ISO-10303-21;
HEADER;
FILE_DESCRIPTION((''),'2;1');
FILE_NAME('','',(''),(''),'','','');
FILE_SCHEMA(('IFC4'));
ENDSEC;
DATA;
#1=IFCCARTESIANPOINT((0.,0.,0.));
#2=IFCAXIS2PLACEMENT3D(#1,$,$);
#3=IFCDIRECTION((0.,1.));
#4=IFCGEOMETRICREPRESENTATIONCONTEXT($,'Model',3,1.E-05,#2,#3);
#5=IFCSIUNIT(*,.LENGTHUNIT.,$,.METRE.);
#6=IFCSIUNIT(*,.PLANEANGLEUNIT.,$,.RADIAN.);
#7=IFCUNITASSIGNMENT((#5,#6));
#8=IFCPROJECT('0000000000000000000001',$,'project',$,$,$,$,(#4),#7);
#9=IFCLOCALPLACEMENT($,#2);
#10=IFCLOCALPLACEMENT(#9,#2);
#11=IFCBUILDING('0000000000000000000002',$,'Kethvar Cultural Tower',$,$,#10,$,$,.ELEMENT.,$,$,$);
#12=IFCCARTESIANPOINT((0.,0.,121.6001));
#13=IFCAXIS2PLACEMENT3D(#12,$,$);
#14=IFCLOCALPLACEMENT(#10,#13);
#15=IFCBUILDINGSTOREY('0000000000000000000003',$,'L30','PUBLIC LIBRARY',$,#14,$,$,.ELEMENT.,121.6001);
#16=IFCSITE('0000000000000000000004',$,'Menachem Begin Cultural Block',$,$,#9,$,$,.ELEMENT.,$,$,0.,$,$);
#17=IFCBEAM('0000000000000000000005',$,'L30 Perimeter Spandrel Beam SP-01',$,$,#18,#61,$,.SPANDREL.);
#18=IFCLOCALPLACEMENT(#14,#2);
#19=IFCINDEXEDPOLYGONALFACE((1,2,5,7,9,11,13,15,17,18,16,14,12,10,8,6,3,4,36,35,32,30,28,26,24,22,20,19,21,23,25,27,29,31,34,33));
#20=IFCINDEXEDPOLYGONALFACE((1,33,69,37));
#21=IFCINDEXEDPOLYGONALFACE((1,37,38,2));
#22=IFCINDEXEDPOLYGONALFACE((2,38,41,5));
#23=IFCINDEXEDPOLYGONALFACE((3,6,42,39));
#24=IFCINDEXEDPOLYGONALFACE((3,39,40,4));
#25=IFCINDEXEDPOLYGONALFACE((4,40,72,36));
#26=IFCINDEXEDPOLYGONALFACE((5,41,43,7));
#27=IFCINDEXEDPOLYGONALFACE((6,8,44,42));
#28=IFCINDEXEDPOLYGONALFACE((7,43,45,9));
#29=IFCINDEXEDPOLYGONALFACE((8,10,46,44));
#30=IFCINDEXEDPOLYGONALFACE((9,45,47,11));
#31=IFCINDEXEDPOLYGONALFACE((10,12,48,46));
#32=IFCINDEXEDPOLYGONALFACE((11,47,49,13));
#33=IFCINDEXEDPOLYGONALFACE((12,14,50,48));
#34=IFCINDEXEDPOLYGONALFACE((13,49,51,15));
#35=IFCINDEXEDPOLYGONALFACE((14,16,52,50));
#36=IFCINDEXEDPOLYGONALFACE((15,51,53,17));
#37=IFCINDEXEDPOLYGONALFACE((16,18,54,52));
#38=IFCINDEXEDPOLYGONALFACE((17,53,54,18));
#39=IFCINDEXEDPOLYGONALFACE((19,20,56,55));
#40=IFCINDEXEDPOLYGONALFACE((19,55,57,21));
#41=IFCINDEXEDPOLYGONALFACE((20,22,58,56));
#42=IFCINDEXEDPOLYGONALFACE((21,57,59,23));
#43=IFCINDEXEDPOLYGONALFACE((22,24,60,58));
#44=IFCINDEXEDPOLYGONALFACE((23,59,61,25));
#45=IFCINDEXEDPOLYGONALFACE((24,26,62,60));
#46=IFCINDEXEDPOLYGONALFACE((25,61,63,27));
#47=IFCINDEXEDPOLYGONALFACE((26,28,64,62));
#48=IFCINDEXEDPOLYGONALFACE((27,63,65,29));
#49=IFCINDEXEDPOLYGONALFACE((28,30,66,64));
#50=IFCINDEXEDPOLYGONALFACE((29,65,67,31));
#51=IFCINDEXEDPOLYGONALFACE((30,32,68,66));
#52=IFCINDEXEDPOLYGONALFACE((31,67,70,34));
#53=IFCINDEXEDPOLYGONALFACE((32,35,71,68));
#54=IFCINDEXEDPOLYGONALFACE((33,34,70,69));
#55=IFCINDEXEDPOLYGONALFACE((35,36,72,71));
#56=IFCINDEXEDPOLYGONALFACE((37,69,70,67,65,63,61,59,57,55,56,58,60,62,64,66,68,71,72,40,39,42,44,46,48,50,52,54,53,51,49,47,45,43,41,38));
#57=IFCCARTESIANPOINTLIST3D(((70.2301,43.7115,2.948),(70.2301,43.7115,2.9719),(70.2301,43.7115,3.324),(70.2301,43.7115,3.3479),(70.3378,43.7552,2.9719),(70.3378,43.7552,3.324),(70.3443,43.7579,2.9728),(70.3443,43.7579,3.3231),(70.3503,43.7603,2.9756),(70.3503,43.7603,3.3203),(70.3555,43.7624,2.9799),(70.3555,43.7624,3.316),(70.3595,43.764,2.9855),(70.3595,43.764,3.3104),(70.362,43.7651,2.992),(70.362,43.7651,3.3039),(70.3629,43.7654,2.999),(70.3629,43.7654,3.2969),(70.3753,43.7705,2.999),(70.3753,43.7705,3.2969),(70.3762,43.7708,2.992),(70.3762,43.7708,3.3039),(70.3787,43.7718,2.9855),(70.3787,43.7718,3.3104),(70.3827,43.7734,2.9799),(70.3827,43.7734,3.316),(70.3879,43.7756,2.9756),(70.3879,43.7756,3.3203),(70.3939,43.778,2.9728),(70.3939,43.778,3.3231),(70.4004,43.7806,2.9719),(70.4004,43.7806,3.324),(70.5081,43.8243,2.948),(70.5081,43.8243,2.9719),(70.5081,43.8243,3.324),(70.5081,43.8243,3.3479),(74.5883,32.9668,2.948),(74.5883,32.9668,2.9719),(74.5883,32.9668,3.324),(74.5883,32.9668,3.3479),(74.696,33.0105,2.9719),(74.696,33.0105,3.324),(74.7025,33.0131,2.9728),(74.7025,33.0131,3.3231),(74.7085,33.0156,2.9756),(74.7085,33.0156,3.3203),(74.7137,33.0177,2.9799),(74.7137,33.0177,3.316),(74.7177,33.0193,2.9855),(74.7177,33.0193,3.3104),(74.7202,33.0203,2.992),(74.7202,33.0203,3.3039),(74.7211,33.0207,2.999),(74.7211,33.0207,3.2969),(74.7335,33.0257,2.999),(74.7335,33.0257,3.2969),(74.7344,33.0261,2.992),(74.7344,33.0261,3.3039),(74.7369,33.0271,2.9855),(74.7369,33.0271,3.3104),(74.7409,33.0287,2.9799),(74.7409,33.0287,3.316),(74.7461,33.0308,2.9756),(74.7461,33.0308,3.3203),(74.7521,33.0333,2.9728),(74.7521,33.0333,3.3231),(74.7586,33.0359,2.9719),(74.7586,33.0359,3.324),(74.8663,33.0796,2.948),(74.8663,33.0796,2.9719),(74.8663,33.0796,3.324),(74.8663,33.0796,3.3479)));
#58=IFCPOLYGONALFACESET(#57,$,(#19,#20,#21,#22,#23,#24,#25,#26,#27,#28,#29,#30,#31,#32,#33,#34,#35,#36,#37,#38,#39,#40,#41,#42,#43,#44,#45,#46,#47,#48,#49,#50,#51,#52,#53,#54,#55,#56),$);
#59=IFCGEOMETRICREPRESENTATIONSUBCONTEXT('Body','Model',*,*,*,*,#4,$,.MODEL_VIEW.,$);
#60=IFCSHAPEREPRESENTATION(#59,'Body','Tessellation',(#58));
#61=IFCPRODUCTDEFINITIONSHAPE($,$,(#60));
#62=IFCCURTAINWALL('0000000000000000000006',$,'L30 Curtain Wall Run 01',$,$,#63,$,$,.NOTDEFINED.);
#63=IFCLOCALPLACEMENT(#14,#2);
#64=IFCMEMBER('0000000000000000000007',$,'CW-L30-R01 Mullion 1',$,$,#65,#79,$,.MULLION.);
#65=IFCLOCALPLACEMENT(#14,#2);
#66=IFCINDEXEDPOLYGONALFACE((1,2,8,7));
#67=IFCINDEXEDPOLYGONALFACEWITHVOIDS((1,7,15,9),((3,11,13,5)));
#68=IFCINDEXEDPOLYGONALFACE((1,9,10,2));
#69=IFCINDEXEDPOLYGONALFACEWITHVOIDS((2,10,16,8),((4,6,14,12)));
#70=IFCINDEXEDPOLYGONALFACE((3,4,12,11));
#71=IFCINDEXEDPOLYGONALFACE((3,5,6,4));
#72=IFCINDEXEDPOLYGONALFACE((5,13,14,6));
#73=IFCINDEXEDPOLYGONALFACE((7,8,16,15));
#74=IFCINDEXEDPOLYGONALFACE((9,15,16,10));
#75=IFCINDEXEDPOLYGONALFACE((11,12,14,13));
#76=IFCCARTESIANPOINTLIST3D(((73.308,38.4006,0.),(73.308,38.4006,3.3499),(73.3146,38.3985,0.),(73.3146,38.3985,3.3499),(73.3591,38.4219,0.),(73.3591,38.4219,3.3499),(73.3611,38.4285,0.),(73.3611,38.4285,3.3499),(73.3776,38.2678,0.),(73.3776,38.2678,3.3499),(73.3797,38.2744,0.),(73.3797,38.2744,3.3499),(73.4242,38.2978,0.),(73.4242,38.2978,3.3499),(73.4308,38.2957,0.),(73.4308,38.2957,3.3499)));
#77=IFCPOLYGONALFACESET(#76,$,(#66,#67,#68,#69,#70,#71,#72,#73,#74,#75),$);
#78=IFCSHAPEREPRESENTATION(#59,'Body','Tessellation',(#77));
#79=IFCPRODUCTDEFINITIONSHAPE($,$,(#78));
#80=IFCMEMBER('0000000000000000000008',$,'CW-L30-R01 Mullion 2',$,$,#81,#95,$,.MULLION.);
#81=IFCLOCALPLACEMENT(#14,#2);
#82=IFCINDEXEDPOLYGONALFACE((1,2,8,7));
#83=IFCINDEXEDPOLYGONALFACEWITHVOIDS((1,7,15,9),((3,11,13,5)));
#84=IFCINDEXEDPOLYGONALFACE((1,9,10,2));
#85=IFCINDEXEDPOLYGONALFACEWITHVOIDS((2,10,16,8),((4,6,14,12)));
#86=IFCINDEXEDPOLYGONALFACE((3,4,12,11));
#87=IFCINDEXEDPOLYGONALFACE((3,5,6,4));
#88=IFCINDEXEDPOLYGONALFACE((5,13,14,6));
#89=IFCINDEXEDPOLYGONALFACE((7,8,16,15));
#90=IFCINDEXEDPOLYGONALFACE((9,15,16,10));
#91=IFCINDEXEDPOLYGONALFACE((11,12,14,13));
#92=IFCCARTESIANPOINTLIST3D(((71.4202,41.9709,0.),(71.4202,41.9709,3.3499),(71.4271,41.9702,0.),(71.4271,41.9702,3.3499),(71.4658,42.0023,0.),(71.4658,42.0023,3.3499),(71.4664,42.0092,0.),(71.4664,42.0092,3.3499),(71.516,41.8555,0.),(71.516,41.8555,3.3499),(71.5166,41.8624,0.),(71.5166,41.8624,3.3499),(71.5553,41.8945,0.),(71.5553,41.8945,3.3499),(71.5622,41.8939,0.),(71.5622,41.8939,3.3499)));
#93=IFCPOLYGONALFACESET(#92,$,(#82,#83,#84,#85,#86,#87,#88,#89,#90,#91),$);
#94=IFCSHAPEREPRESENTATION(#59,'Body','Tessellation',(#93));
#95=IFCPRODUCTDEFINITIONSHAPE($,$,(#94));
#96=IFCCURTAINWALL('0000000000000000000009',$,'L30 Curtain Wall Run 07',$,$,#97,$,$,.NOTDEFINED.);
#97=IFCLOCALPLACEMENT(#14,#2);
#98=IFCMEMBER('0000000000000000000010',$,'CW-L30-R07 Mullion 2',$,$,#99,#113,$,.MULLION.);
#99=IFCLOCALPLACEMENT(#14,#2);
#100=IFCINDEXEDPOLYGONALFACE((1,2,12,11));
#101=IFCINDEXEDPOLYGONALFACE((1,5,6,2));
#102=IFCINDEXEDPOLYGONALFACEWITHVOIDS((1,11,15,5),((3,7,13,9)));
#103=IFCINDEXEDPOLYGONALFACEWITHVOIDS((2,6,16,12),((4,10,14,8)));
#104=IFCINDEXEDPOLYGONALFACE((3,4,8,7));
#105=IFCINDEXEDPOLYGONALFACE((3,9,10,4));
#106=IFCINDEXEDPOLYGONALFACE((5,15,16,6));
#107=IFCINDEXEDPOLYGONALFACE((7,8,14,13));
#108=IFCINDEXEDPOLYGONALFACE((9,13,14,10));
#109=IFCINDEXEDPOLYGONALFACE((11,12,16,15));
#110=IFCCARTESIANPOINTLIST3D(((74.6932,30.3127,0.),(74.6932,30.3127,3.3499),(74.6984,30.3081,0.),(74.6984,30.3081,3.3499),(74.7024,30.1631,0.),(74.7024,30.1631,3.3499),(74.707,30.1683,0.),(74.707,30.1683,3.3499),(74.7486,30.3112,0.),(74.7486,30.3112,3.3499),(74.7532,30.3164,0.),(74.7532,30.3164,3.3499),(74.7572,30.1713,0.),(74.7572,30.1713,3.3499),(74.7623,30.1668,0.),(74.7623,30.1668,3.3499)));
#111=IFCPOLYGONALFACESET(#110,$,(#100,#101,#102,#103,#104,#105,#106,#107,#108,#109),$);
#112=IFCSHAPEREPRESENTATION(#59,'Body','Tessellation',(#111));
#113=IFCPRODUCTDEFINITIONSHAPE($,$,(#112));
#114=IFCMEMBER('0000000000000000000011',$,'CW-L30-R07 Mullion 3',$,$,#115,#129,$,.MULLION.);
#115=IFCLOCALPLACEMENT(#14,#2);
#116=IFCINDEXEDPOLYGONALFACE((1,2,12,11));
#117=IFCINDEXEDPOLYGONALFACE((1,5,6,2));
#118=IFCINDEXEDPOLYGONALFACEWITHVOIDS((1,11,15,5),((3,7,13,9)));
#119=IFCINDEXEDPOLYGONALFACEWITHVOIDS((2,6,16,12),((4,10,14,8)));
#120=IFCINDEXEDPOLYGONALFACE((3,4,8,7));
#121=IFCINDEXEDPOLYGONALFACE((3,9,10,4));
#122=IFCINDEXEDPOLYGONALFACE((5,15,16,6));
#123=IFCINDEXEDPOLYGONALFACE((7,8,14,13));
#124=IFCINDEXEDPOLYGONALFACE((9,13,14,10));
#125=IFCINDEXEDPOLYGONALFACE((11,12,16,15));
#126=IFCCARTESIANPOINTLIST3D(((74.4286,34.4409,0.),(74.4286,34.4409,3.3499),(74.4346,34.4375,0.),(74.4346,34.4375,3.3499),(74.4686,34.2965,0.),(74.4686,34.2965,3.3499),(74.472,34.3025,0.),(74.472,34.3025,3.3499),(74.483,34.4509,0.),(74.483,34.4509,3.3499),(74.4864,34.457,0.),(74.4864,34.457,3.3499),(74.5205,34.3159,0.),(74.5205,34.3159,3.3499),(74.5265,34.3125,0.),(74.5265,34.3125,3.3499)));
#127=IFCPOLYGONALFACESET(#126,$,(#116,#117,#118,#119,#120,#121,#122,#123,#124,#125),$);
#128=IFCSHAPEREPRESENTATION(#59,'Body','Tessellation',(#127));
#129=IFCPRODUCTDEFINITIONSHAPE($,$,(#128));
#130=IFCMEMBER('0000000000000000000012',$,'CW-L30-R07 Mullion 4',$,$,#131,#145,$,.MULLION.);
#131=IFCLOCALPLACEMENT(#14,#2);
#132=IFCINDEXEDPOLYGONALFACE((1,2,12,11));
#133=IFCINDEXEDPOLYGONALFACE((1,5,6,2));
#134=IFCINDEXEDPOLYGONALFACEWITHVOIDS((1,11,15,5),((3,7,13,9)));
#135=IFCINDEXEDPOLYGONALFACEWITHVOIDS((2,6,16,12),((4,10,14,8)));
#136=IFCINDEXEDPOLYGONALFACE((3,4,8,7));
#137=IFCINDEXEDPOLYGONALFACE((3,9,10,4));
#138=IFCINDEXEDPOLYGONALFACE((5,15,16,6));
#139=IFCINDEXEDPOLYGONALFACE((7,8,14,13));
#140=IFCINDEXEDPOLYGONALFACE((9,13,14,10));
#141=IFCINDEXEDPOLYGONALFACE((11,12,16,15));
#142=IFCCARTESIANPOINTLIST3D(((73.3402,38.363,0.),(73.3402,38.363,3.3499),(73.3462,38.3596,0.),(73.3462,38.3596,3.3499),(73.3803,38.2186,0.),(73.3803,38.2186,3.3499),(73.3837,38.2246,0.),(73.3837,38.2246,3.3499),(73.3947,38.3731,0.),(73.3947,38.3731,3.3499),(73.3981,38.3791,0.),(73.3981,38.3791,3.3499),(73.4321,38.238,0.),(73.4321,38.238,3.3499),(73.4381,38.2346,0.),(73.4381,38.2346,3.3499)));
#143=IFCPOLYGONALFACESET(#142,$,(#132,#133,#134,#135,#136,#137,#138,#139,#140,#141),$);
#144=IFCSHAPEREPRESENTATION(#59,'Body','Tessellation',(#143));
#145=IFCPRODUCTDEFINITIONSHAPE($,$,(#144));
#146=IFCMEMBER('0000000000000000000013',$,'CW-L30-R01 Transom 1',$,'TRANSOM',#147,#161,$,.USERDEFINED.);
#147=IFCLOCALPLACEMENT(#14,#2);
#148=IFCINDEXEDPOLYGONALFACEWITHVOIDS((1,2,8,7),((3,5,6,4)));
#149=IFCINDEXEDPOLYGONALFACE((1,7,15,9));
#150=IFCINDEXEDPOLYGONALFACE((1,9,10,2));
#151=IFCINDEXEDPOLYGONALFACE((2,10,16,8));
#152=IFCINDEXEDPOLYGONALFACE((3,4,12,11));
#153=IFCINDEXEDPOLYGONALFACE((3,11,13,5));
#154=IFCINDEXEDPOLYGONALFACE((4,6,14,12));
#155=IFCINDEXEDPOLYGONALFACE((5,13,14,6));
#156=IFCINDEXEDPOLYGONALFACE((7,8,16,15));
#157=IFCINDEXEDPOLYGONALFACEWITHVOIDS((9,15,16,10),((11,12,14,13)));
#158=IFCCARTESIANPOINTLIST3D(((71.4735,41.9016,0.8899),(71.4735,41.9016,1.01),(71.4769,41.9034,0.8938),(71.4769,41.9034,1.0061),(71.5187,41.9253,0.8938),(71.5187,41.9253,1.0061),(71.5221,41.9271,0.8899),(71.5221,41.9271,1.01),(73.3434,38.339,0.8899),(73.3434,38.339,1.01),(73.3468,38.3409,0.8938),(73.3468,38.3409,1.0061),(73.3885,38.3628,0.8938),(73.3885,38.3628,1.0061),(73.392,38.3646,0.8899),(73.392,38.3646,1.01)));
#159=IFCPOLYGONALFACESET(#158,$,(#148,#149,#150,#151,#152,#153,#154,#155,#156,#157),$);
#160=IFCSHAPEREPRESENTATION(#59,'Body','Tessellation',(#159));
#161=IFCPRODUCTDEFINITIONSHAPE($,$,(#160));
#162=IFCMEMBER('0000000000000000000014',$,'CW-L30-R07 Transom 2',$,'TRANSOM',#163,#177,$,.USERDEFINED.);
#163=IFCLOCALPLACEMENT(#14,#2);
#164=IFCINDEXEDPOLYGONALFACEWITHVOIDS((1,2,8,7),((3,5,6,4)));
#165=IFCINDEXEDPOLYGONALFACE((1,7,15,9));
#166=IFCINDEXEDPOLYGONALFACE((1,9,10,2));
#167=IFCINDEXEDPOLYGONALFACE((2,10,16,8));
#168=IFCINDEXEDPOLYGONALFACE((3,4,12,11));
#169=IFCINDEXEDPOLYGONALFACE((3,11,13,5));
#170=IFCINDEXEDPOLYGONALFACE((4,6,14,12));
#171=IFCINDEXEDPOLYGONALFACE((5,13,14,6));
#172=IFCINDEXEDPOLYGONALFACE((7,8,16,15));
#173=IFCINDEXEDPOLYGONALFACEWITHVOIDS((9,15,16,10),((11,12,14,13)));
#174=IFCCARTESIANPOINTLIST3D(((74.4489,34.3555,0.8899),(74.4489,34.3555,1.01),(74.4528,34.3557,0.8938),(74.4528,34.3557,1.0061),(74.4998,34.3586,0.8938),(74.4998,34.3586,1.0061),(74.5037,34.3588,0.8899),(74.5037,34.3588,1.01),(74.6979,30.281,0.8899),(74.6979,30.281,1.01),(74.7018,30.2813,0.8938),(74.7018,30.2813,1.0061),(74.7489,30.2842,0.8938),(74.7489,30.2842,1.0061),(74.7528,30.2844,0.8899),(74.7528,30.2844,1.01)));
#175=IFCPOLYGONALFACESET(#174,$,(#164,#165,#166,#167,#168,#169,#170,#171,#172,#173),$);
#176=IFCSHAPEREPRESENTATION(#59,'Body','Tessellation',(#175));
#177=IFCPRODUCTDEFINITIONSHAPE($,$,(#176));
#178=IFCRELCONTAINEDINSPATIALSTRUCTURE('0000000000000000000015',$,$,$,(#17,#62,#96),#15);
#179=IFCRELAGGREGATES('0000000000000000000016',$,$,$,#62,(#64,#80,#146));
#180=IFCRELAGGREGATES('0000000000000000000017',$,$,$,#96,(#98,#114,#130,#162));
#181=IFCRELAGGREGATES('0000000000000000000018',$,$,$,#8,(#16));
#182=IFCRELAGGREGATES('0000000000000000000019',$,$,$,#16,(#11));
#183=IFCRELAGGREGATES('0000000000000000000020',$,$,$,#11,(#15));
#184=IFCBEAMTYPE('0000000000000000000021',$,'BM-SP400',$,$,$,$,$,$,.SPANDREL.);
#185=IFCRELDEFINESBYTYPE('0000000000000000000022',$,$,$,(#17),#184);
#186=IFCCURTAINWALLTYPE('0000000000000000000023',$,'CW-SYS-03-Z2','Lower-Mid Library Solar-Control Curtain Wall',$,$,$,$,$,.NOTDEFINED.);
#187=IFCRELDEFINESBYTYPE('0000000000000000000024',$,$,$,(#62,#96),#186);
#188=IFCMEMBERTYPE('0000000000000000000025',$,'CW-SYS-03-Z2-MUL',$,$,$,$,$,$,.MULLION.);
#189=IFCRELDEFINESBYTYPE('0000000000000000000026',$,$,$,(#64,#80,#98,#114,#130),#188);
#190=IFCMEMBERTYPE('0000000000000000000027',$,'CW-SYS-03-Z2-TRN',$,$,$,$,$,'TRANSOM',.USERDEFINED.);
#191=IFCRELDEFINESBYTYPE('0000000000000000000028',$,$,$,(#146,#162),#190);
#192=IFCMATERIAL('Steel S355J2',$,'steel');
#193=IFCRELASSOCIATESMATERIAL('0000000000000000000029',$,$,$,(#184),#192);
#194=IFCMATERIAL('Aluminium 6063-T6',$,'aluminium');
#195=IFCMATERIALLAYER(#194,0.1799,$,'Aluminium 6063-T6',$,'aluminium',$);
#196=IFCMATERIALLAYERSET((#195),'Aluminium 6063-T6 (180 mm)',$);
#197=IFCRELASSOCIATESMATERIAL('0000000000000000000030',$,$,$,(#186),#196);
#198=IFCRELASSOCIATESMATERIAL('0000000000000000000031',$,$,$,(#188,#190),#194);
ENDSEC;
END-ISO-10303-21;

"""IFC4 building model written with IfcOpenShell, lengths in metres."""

from ifc_helpers import new_model, si_unit, direction, frame, origin, origin_2d, place, context, subcontext, project, spatial, hollow_rectangle, i_section, extrude, source, transform, mapped, material, layer, layer_set, material_profile, profile_set, type_object, element, aggregate, save


model = new_model("IFC4")

# Units and contexts
model_context = context("Model", 3, precision=1e-05, world=origin(), true_north=direction((0.0, 1.0)))
body_context = subcontext(model_context, "Body", "Model", "MODEL_VIEW")
ifc_project = project(units=[si_unit("LENGTHUNIT", "METRE"), si_unit("PLANEANGLEUNIT", "RADIAN")], contexts=[model_context])

# Site, building, storey
site_placement = place(None, origin())
site = spatial("IfcSite", under=ifc_project, at=site_placement, Name="Menachem Begin Cultural Block", CompositionType="ELEMENT", RefElevation=0.0)
building_placement = place(site_placement, origin())
building = spatial("IfcBuilding", under=site, at=building_placement, Name="Kethvar Cultural Tower", CompositionType="ELEMENT")
storey_placement = place(building_placement, frame((0.0, 0.0, 121.6001)))
storey = spatial("IfcBuildingStorey", under=building, at=storey_placement, Name="L30", Description="PUBLIC LIBRARY", CompositionType="ELEMENT", Elevation=121.6001)

# Beam
ifc_material_1 = material(Name="Steel S355J2", Category="steel")
ifc_material_profile_1 = material_profile(ifc_material_1, i_section(OverallWidth=0.3, OverallDepth=0.3999, WebThickness=0.0134, FlangeThickness=0.0239, FilletRadius=0.0271, at=origin_2d()), Name="Steel S355J2 — HEB400")
ifc_profile_set_1 = profile_set([ifc_material_profile_1], Name="Steel S355J2 — HEB400")
beam_type_1 = type_object("IfcBeamType", Name="BM-SP400", PredefinedType="SPANDREL", material=ifc_profile_set_1)
shared_shape_1 = source(origin(), body_context, "Body", "SweptSolid", [
    extrude(i_section(OverallWidth=0.3, OverallDepth=0.3999, WebThickness=0.0134, FlangeThickness=0.0239, FilletRadius=0.0271, at=origin_2d()), origin(), (0.0, 0.0, 1.0), 11.595),
])
beam_1_placement = place(storey_placement, frame((74.7273, 33.0232, 3.1479), z_axis=(-0.37587, 0.926672, 0.0), x_axis=(-0.926672, -0.37587, 0.0)))
element("IfcBeam", 1, at=beam_1_placement, inside=storey, type_object=beam_type_1, Name="L30 Perimeter Spandrel Beam SP-01", PredefinedType="SPANDREL", context=body_context, shape_type="MappedRepresentation", body=[
    mapped(shared_shape_1, transform((0.0, 0.0, 0.0), scale=1.0)),
])

# Curtain walls, members
ifc_material_2 = material(Name="Aluminium 6063-T6", Category="aluminium")
ifc_layer_1 = layer(ifc_material_2, 0.1799, Name="Aluminium 6063-T6", Category="aluminium")
ifc_layer_set_1 = layer_set([ifc_layer_1], Name="Aluminium 6063-T6 (180 mm)")
curtain_wall_type = type_object("IfcCurtainWallType", Name="CW-SYS-03-Z2", Description="Lower-Mid Library Solar-Control Curtain Wall", PredefinedType="NOTDEFINED", material=ifc_layer_set_1)
curtain_wall_1_placement = place(storey_placement, origin())
curtain_wall_1 = element("IfcCurtainWall", 2, at=curtain_wall_1_placement, inside=storey, type_object=curtain_wall_type, Name="L30 Curtain Wall Run 01", PredefinedType="NOTDEFINED")
ifc_material_profile_2 = material_profile(ifc_material_2, hollow_rectangle(XDim=0.0601, YDim=0.1499, WallThickness=0.0049, at=origin_2d()), Name="Aluminium 6063-T6 — RHS150x60x5")
ifc_profile_set_2 = profile_set([ifc_material_profile_2], Name="Aluminium 6063-T6 — RHS150x60x5")
member_type_1 = type_object("IfcMemberType", Name="CW-SYS-03-Z2-MUL", PredefinedType="MULLION", material=ifc_profile_set_2)
shared_shape_2 = source(origin(), body_context, "Body", "SweptSolid", [
    extrude(hollow_rectangle(XDim=0.0601, YDim=0.1499, WallThickness=0.0049, at=origin_2d()), origin(), (0.0, 0.0, 1.0), 3.3499),
])
member_1_placement = place(storey_placement, frame((73.3694, 38.3481, 0.0), z_axis=(0.0, 0.0, 1.0), x_axis=(-0.885459, -0.464718, 0.0)))
member_1 = element("IfcMember", 3, at=member_1_placement, type_object=member_type_1, Name="CW-L30-R01 Mullion 1", PredefinedType="MULLION", context=body_context, shape_type="MappedRepresentation", body=[
    mapped(shared_shape_2, transform((0.0, 0.0, 0.0), scale=1.0)),
])
member_2_placement = place(storey_placement, frame((71.4912, 41.9324, 0.0), z_axis=(0.0, 0.0, 1.0), x_axis=(-0.7694, -0.638768, 0.0)))
member_2 = element("IfcMember", 4, at=member_2_placement, type_object=member_type_1, Name="CW-L30-R01 Mullion 2", PredefinedType="MULLION", context=body_context, shape_type="MappedRepresentation", body=[
    mapped(shared_shape_2, transform((0.0, 0.0, 0.0), scale=1.0)),
])
curtain_wall_2_placement = place(storey_placement, origin())
curtain_wall_2 = element("IfcCurtainWall", 5, at=curtain_wall_2_placement, inside=storey, type_object=curtain_wall_type, Name="L30 Curtain Wall Run 07", PredefinedType="NOTDEFINED")
member_3_placement = place(storey_placement, frame((74.7278, 30.2397, 0.0), z_axis=(0.0, 0.0, 1.0), x_axis=(-0.998136, -0.061031, 0.0)))
member_3 = element("IfcMember", 6, at=member_3_placement, type_object=member_type_1, Name="CW-L30-R07 Mullion 2", PredefinedType="MULLION", context=body_context, shape_type="MappedRepresentation", body=[
    mapped(shared_shape_2, transform((0.0, 0.0, 0.0), scale=1.0)),
])
member_4_placement = place(storey_placement, frame((74.4775, 34.3767, 0.0), z_axis=(0.0, 0.0, 1.0), x_axis=(-0.963588, -0.26739, 0.0)))
member_4 = element("IfcMember", 7, at=member_4_placement, type_object=member_type_1, Name="CW-L30-R07 Mullion 3", PredefinedType="MULLION", context=body_context, shape_type="MappedRepresentation", body=[
    mapped(shared_shape_2, transform((0.0, 0.0, 0.0), scale=1.0)),
])
member_5_placement = place(storey_placement, frame((73.3892, 38.2988, 0.0), z_axis=(0.0, 0.0, 1.0), x_axis=(-0.963588, -0.26739, 0.0)))
member_5 = element("IfcMember", 8, at=member_5_placement, type_object=member_type_1, Name="CW-L30-R07 Mullion 4", PredefinedType="MULLION", context=body_context, shape_type="MappedRepresentation", body=[
    mapped(shared_shape_2, transform((0.0, 0.0, 0.0), scale=1.0)),
])

# Members
ifc_material_profile_3 = material_profile(ifc_material_2, hollow_rectangle(XDim=0.0549, YDim=0.1201, WallThickness=0.0039, at=origin_2d()), Name="Aluminium 6063-T6 — RHS120x55x4")
ifc_profile_set_3 = profile_set([ifc_material_profile_3], Name="Aluminium 6063-T6 — RHS120x55x4")
member_type_2 = type_object("IfcMemberType", Name="CW-SYS-03-Z2-TRN", ElementType="TRANSOM", PredefinedType="USERDEFINED", material=ifc_profile_set_3)
shared_shape_3 = source(origin(), body_context, "Body", "SweptSolid", [
    extrude(hollow_rectangle(XDim=0.0549, YDim=0.1201, WallThickness=0.0039, at=origin_2d()), origin(), (0.0, 0.0, 1.0), 4.0234),
])
member_6_placement = place(storey_placement, frame((73.3677, 38.3518, 0.95), z_axis=(-0.464748, 0.885443, 0.0), x_axis=(-0.885443, -0.464748, 0.0)))
member_6 = element("IfcMember", 9, at=member_6_placement, type_object=member_type_2, Name="CW-L30-R01 Transom 1", ObjectType="TRANSOM", PredefinedType="USERDEFINED", context=body_context, shape_type="MappedRepresentation", body=[
    mapped(shared_shape_3, transform((0.0, 0.0, 0.0), scale=1.0)),
])
shared_shape_4 = source(origin(), body_context, "Body", "SweptSolid", [
    extrude(hollow_rectangle(XDim=0.0549, YDim=0.1201, WallThickness=0.0039, at=origin_2d()), origin(), (0.0, 0.0, 1.0), 4.082),
])
member_7_placement = place(storey_placement, frame((74.7253, 30.2827, 0.95), z_axis=(-0.061004, 0.998138, 0.0), x_axis=(-0.998138, -0.061004, 0.0)))
member_7 = element("IfcMember", 10, at=member_7_placement, type_object=member_type_2, Name="CW-L30-R07 Transom 2", ObjectType="TRANSOM", PredefinedType="USERDEFINED", context=body_context, shape_type="MappedRepresentation", body=[
    mapped(shared_shape_4, transform((0.0, 0.0, 0.0), scale=1.0)),
])

aggregate(curtain_wall_1, [member_1, member_2, member_6])
aggregate(curtain_wall_2, [member_3, member_4, member_5, member_7])

save(model, "model.ifc")
